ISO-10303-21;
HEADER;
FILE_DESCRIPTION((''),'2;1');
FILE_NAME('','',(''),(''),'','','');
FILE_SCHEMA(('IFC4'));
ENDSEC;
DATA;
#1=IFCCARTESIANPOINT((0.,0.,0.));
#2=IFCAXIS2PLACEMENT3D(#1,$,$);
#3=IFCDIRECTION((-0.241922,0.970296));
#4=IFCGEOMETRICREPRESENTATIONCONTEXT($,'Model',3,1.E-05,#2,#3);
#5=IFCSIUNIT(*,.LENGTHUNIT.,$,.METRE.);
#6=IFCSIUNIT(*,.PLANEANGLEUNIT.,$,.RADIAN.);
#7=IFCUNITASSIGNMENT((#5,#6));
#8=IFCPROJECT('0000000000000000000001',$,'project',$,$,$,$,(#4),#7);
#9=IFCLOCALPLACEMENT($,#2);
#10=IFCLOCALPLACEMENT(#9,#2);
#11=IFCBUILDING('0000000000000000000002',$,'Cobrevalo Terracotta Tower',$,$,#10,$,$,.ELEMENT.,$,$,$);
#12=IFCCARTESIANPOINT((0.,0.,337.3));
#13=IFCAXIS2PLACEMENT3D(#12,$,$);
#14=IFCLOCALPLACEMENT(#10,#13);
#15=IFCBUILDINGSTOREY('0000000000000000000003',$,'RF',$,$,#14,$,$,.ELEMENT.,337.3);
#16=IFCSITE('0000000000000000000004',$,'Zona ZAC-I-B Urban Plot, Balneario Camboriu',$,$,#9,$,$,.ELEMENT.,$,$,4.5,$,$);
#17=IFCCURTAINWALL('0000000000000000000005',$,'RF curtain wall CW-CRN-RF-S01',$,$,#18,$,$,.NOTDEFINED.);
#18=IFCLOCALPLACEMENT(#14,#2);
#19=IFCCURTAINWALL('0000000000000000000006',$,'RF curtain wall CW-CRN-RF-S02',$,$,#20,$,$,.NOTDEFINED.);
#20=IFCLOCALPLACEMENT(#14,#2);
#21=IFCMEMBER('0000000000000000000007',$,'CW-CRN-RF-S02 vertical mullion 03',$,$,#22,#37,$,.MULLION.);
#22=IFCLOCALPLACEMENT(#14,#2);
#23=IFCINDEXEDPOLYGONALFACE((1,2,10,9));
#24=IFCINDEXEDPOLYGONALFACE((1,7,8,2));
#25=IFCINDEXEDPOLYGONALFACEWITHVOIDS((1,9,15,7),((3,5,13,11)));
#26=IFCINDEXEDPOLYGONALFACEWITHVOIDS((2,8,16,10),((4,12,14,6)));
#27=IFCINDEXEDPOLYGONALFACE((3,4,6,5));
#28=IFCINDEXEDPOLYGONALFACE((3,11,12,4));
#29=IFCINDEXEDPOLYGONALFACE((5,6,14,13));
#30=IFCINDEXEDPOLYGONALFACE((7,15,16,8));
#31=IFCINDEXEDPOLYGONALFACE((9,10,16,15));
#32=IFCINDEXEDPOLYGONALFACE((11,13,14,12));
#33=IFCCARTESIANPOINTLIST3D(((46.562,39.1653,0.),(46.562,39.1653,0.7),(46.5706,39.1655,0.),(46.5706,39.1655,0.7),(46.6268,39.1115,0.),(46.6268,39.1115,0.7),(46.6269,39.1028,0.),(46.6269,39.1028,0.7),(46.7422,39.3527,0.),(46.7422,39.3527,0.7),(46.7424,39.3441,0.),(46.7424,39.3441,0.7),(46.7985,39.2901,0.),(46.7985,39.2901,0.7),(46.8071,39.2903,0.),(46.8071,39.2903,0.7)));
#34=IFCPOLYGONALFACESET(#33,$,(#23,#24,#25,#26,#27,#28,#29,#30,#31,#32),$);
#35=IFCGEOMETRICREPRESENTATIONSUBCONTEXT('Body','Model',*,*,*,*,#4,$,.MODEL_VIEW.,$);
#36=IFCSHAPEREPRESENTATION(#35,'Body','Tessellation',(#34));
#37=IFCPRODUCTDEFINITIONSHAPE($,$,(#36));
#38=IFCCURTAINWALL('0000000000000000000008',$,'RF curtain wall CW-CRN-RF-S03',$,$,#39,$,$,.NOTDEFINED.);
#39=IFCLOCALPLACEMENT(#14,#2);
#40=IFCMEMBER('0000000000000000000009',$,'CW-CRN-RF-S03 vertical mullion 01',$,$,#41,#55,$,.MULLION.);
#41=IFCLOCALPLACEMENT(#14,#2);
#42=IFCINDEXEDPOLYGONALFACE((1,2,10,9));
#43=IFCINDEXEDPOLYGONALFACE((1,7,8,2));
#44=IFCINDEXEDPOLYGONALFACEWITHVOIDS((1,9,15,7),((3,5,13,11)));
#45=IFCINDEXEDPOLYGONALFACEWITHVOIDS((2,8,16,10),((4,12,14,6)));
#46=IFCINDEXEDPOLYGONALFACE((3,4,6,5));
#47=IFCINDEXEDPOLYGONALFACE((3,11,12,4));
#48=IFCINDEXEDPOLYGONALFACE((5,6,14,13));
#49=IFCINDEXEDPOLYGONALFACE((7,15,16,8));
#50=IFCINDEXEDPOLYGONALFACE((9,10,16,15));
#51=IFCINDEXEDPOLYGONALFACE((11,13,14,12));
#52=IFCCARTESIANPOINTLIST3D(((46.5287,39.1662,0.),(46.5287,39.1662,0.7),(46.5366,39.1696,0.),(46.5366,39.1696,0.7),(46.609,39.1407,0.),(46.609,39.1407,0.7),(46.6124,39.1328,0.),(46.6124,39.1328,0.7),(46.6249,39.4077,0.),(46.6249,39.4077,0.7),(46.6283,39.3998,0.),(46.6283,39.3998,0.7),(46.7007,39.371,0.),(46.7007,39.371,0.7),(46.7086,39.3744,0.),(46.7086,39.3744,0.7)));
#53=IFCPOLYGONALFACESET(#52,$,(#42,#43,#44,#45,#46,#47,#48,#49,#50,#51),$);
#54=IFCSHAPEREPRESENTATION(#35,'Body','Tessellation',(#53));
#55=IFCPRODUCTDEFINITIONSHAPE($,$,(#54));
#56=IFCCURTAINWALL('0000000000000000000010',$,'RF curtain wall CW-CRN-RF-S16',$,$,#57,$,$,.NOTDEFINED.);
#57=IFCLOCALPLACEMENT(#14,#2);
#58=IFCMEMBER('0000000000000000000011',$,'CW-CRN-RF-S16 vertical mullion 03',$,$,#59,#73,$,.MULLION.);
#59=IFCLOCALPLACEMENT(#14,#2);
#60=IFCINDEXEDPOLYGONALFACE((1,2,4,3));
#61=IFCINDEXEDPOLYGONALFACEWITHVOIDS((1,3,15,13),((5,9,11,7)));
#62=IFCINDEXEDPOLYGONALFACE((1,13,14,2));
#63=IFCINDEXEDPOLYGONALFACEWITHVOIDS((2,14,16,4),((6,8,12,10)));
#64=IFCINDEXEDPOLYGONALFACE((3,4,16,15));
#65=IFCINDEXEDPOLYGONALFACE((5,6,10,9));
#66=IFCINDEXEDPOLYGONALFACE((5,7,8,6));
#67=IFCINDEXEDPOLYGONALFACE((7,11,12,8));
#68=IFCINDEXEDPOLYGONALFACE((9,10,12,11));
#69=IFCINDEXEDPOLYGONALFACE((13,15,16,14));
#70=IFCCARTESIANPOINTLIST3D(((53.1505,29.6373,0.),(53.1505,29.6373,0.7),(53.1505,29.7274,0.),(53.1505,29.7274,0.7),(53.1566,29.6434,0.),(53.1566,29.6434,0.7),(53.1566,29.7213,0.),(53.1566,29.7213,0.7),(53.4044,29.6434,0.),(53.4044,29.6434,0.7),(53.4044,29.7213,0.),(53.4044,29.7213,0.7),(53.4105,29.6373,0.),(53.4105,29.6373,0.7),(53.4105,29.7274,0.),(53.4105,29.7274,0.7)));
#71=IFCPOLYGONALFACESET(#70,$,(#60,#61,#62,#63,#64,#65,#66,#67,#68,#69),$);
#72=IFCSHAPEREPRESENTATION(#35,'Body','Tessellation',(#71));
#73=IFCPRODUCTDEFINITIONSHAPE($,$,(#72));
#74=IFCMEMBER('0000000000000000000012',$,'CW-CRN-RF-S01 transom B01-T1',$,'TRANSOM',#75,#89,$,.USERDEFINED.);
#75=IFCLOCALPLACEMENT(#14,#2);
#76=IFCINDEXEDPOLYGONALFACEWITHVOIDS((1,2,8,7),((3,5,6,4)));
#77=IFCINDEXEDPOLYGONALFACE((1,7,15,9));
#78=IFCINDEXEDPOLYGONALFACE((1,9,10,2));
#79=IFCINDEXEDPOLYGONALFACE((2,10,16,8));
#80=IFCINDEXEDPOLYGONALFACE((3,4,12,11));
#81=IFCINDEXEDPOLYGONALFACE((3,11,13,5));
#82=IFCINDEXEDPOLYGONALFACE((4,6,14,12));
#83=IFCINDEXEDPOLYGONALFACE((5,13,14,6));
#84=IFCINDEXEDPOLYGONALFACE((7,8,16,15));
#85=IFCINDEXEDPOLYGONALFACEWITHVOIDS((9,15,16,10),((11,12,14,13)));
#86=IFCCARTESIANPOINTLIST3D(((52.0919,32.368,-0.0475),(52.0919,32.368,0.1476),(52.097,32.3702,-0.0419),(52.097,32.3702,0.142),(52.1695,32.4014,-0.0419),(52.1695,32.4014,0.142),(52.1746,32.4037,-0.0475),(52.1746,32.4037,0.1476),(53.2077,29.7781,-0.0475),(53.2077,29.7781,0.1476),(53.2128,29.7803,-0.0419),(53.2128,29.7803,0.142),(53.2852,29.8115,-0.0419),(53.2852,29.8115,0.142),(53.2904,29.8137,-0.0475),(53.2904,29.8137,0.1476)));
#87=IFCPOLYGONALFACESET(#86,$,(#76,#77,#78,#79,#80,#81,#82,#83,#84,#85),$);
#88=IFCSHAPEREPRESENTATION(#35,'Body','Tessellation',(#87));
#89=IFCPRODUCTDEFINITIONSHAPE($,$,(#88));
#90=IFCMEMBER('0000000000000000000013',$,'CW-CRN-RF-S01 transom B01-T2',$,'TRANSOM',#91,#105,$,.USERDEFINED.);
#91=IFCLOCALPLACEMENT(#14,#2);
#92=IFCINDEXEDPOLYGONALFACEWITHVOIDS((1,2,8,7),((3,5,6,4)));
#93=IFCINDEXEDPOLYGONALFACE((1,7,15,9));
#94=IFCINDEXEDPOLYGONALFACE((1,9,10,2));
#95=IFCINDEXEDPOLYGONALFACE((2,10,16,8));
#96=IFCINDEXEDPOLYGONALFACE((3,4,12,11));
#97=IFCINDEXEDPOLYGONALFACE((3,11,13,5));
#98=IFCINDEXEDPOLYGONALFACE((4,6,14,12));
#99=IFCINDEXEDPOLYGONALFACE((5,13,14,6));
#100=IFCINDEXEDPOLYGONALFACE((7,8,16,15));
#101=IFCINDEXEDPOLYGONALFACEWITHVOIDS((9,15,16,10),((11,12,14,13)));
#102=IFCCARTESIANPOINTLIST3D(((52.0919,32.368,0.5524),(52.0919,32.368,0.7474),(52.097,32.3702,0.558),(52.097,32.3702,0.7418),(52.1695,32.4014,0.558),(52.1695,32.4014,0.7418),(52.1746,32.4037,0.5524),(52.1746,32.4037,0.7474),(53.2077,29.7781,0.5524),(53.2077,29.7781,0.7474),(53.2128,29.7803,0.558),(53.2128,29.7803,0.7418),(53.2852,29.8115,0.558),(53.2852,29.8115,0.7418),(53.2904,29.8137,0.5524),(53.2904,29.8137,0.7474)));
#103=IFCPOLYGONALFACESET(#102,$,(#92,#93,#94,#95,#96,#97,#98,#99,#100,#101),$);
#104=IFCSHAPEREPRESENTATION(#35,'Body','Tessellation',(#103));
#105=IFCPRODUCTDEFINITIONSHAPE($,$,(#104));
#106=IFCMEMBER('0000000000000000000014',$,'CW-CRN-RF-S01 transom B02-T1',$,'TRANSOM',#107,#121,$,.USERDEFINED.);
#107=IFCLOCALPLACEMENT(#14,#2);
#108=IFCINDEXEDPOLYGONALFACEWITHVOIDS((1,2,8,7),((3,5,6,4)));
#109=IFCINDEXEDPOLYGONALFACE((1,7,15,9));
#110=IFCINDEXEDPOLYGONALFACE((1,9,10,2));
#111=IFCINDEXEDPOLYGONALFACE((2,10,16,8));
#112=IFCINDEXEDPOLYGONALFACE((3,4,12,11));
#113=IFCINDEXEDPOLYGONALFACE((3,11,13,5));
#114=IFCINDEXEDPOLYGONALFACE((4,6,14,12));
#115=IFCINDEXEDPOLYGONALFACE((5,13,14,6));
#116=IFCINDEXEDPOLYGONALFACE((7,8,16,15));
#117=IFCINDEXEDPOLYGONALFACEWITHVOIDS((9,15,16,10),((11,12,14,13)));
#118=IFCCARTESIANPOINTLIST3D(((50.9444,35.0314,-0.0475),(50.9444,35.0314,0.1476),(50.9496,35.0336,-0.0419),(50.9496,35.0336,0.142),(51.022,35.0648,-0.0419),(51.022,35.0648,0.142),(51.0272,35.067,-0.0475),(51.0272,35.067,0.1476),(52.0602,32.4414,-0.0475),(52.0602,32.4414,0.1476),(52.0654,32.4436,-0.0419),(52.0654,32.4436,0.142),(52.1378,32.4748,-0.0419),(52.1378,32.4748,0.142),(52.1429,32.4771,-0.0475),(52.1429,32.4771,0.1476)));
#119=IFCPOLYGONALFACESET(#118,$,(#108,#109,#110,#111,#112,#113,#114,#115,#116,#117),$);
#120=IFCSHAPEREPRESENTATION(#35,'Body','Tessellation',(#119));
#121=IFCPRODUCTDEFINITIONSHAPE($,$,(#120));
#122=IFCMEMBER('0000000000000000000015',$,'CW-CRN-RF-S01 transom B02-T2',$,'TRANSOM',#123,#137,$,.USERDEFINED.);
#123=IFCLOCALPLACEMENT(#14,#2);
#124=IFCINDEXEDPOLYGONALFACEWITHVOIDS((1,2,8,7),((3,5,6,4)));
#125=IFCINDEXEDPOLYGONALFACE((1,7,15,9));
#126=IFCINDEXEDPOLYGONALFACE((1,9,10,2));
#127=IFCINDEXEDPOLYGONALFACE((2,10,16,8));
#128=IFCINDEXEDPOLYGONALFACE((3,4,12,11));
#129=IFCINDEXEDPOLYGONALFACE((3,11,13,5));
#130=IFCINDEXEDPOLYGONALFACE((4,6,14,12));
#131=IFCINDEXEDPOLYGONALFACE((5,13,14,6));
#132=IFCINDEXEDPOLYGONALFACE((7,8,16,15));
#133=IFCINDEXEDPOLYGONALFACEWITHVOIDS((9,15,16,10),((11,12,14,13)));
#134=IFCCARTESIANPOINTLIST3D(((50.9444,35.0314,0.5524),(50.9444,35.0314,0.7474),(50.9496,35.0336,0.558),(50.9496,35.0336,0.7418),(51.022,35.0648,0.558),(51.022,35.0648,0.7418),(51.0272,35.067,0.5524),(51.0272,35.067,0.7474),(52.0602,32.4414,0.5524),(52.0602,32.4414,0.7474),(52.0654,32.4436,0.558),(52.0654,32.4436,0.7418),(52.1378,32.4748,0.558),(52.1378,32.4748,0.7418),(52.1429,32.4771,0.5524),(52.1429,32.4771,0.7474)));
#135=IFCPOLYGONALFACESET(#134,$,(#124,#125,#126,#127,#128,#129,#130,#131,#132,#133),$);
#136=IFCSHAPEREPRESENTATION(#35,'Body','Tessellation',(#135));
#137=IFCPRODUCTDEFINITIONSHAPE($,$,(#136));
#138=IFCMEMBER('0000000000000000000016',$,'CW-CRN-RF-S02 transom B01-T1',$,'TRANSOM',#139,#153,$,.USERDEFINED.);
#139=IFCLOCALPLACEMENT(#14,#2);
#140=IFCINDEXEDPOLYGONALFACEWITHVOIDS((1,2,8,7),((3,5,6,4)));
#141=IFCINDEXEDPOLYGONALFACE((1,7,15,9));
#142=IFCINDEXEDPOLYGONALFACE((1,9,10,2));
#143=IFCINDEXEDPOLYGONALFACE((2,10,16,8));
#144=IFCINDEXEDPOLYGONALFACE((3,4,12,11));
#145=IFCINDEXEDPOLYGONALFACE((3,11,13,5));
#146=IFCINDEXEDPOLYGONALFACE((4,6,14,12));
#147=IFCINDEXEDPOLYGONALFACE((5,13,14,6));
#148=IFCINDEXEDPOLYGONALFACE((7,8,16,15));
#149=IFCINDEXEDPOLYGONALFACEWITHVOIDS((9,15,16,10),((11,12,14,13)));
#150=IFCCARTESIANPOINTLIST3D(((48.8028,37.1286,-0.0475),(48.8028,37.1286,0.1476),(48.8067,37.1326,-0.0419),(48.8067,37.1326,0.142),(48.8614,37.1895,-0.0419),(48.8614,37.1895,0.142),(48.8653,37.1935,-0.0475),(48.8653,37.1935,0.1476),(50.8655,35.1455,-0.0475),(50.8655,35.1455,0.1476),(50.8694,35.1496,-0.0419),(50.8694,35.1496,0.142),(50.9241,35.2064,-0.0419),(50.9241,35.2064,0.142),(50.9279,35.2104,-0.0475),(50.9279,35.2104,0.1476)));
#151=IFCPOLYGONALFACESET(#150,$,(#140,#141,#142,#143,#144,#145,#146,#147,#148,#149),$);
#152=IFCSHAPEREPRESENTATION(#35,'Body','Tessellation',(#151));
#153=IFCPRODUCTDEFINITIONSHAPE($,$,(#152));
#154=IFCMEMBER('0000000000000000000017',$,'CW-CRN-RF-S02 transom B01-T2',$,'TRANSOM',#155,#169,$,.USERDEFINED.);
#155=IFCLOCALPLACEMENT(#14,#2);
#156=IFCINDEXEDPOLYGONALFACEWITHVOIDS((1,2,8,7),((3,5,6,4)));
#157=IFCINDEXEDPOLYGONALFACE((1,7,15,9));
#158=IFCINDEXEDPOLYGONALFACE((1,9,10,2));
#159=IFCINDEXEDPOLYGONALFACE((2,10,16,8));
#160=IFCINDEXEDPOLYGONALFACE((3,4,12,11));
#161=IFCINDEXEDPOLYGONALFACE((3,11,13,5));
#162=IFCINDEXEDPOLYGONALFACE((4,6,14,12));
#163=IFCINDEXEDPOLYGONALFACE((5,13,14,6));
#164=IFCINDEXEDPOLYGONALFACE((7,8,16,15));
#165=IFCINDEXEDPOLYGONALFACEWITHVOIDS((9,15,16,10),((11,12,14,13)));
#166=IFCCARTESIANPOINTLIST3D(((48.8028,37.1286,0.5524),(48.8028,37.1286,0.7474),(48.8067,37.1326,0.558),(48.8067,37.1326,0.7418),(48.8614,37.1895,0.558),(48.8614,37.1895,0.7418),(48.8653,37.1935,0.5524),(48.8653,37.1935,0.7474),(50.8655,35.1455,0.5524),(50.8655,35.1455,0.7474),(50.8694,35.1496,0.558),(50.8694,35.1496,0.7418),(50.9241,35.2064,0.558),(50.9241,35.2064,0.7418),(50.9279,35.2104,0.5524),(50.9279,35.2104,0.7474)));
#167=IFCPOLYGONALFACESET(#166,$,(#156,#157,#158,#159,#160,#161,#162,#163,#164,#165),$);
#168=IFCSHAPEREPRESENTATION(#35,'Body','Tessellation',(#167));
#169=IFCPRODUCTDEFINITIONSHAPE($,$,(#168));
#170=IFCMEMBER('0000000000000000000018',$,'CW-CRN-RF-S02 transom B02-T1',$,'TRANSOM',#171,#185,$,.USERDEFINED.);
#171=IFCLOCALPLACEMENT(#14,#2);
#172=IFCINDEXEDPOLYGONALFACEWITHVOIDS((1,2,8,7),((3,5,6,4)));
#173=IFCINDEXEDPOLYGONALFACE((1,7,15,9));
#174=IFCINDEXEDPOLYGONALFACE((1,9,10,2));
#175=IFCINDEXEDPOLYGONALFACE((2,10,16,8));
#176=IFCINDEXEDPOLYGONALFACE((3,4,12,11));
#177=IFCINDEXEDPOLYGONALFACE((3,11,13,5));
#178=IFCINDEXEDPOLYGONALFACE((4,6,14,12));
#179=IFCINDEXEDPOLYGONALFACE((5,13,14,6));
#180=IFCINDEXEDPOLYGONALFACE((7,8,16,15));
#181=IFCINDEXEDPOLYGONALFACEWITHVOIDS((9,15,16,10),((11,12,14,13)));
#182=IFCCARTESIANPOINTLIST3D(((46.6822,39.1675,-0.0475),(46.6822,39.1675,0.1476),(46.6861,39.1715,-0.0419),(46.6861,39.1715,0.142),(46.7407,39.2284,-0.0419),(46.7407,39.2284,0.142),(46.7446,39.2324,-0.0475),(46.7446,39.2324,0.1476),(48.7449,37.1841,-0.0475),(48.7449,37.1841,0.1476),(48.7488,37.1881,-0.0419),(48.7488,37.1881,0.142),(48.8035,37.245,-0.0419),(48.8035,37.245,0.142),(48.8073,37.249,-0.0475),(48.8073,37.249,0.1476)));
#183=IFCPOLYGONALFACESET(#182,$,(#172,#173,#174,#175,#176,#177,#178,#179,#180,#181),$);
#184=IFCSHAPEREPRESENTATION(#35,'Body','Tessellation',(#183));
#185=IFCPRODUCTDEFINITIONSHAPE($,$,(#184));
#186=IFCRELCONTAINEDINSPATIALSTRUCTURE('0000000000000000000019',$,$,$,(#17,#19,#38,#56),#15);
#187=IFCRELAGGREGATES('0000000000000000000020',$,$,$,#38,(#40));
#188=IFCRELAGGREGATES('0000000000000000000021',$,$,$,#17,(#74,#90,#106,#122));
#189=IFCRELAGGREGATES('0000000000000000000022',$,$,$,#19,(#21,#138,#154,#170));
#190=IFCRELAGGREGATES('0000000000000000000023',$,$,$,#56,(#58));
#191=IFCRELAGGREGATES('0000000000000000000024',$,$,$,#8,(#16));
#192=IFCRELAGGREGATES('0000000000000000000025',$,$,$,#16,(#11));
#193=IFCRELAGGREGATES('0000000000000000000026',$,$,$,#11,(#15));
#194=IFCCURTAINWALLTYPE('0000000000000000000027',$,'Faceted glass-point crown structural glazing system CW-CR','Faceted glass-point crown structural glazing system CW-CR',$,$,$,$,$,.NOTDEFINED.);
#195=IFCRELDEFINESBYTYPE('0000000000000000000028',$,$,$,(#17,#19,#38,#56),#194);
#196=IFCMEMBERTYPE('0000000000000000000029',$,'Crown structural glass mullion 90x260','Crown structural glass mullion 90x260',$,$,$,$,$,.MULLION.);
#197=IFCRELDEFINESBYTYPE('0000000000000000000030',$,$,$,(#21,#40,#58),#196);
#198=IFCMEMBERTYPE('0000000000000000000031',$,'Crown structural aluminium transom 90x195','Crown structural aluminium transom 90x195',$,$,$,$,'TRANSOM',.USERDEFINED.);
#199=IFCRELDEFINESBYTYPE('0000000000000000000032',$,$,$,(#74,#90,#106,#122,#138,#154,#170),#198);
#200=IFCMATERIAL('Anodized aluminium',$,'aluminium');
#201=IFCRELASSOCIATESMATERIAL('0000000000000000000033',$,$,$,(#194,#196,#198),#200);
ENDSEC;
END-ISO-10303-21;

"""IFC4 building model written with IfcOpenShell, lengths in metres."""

from ifc_helpers import new_model, si_unit, direction, frame, origin, origin_2d, place, context, subcontext, project, spatial, hollow_rectangle, extrude, source, transform, mapped, material, material_profile, profile_set, type_object, element, aggregate, save


model = new_model("IFC4")

# Units and contexts
model_context = context("Model", 3, precision=1e-05, world=origin(), true_north=direction((-0.241922, 0.970296)))
body_context = subcontext(model_context, "Body", "Model", "MODEL_VIEW")
ifc_project = project(units=[si_unit("LENGTHUNIT", "METRE"), si_unit("PLANEANGLEUNIT", "RADIAN")], contexts=[model_context])

# Site, building, storey
site_placement = place(None, origin())
site = spatial("IfcSite", under=ifc_project, at=site_placement, Name="Zona ZAC-I-B Urban Plot, Balneario Camboriu", CompositionType="ELEMENT", RefElevation=4.5)
building_placement = place(site_placement, origin())
building = spatial("IfcBuilding", under=site, at=building_placement, Name="Cobrevalo Terracotta Tower", CompositionType="ELEMENT")
storey_placement = place(building_placement, frame((0.0, 0.0, 337.3)))
storey = spatial("IfcBuildingStorey", under=building, at=storey_placement, Name="RF", CompositionType="ELEMENT", Elevation=337.3)

# Curtain walls, member
ifc_material_1 = material(Name="Anodized aluminium", Category="aluminium")
curtain_wall_type = type_object("IfcCurtainWallType", Name="Faceted glass-point crown structural glazing system CW-CR", Description="Faceted glass-point crown structural glazing system CW-CR", PredefinedType="NOTDEFINED", material=ifc_material_1)
curtain_wall_1_placement = place(storey_placement, origin())
curtain_wall_1 = element("IfcCurtainWall", 1, at=curtain_wall_1_placement, inside=storey, type_object=curtain_wall_type, Name="RF curtain wall CW-CRN-RF-S01", PredefinedType="NOTDEFINED")
ifc_material_profile_1 = material_profile(ifc_material_1, hollow_rectangle(XDim=0.0901, YDim=0.26, WallThickness=0.0061, at=origin_2d()), Name="CWM 90x260")
ifc_profile_set_1 = profile_set([ifc_material_profile_1], Name="Anodized aluminium")
member_type_1 = type_object("IfcMemberType", Name="Crown structural glass mullion 90x260", Description="Crown structural glass mullion 90x260", PredefinedType="MULLION", material=ifc_profile_set_1)
shared_shape_1 = source(origin(), body_context, "Body", "SweptSolid", [
    extrude(hollow_rectangle(XDim=0.0901, YDim=0.26, WallThickness=0.0061, at=origin_2d()), origin(), (0.0, 0.0, 1.0), 0.7),
])
curtain_wall_2_placement = place(storey_placement, origin())
curtain_wall_2 = element("IfcCurtainWall", 2, at=curtain_wall_2_placement, inside=storey, type_object=curtain_wall_type, Name="RF curtain wall CW-CRN-RF-S02", PredefinedType="NOTDEFINED")
member_1_placement = place(storey_placement, frame((46.6846, 39.2278, 0.0), z_axis=(0.0, 0.0, 1.0), x_axis=(-0.720854, 0.693087, 0.0)))
member_1 = element("IfcMember", 3, at=member_1_placement, type_object=member_type_1, Name="CW-CRN-RF-S02 vertical mullion 03", PredefinedType="MULLION", context=body_context, shape_type="MappedRepresentation", body=[
    mapped(shared_shape_1, transform((0.0, 0.0, 0.0), scale=1.0)),
])

# Curtain walls, members
curtain_wall_3_placement = place(storey_placement, origin())
curtain_wall_3 = element("IfcCurtainWall", 4, at=curtain_wall_3_placement, inside=storey, type_object=curtain_wall_type, Name="RF curtain wall CW-CRN-RF-S03", PredefinedType="NOTDEFINED")
member_2_placement = place(storey_placement, frame((46.6187, 39.2703, 0.0), z_axis=(0.0, 0.0, 1.0), x_axis=(-0.929029, 0.370006, 0.0)))
member_2 = element("IfcMember", 5, at=member_2_placement, type_object=member_type_1, Name="CW-CRN-RF-S03 vertical mullion 01", PredefinedType="MULLION", context=body_context, shape_type="MappedRepresentation", body=[
    mapped(shared_shape_1, transform((0.0, 0.0, 0.0), scale=1.0)),
])
curtain_wall_4_placement = place(storey_placement, origin())
curtain_wall_4 = element("IfcCurtainWall", 6, at=curtain_wall_4_placement, inside=storey, type_object=curtain_wall_type, Name="RF curtain wall CW-CRN-RF-S16", PredefinedType="NOTDEFINED")
member_3_placement = place(storey_placement, frame((53.2805, 29.6824, 0.0), z_axis=(0.0, 0.0, 1.0), x_axis=(0.0, 1.0, 0.0)))
member_3 = element("IfcMember", 7, at=member_3_placement, type_object=member_type_1, Name="CW-CRN-RF-S16 vertical mullion 03", PredefinedType="MULLION", context=body_context, shape_type="MappedRepresentation", body=[
    mapped(shared_shape_1, transform((0.0, 0.0, 0.0), scale=1.0)),
])

# Members
ifc_material_profile_2 = material_profile(ifc_material_1, hollow_rectangle(XDim=0.0901, YDim=0.1951, WallThickness=0.0056, at=origin_2d()), Name="CWT 90x195")
ifc_profile_set_2 = profile_set([ifc_material_profile_2], Name="Anodized aluminium")
member_type_2 = type_object("IfcMemberType", Name="Crown structural aluminium transom 90x195", Description="Crown structural aluminium transom 90x195", ElementType="TRANSOM", PredefinedType="USERDEFINED", material=ifc_profile_set_2)
shared_shape_2 = source(origin(), body_context, "Body", "SweptSolid", [
    extrude(hollow_rectangle(XDim=0.0901, YDim=0.1951, WallThickness=0.0056, at=origin_2d()), origin(), (0.0, 0.0, 1.0), 2.8201),
])
member_4_placement = place(storey_placement, frame((53.249, 29.7959, 0.05), z_axis=(-0.395653, 0.9184, 0.0), x_axis=(-0.9184, -0.395653, 0.0)))
member_4 = element("IfcMember", 8, at=member_4_placement, type_object=member_type_2, Name="CW-CRN-RF-S01 transom B01-T1", ObjectType="TRANSOM", PredefinedType="USERDEFINED", context=body_context, shape_type="MappedRepresentation", body=[
    mapped(shared_shape_2, transform((0.0, 0.0, 0.0), scale=1.0)),
])
member_5_placement = place(storey_placement, frame((53.249, 29.7959, 0.6499), z_axis=(-0.395653, 0.9184, 0.0), x_axis=(-0.9184, -0.395653, 0.0)))
member_5 = element("IfcMember", 9, at=member_5_placement, type_object=member_type_2, Name="CW-CRN-RF-S01 transom B01-T2", ObjectType="TRANSOM", PredefinedType="USERDEFINED", context=body_context, shape_type="MappedRepresentation", body=[
    mapped(shared_shape_2, transform((0.0, 0.0, 0.0), scale=1.0)),
])
member_6_placement = place(storey_placement, frame((52.1016, 32.4592, 0.05), z_axis=(-0.395653, 0.9184, 0.0), x_axis=(-0.9184, -0.395653, 0.0)))
member_6 = element("IfcMember", 10, at=member_6_placement, type_object=member_type_2, Name="CW-CRN-RF-S01 transom B02-T1", ObjectType="TRANSOM", PredefinedType="USERDEFINED", context=body_context, shape_type="MappedRepresentation", body=[
    mapped(shared_shape_2, transform((0.0, 0.0, 0.0), scale=1.0)),
])
member_7_placement = place(storey_placement, frame((52.1016, 32.4592, 0.6499), z_axis=(-0.395653, 0.9184, 0.0), x_axis=(-0.9184, -0.395653, 0.0)))
member_7 = element("IfcMember", 11, at=member_7_placement, type_object=member_type_2, Name="CW-CRN-RF-S01 transom B02-T2", ObjectType="TRANSOM", PredefinedType="USERDEFINED", context=body_context, shape_type="MappedRepresentation", body=[
    mapped(shared_shape_2, transform((0.0, 0.0, 0.0), scale=1.0)),
])
shared_shape_3 = source(origin(), body_context, "Body", "SweptSolid", [
    extrude(hollow_rectangle(XDim=0.0901, YDim=0.1951, WallThickness=0.0056, at=origin_2d()), origin(), (0.0, 0.0, 1.0), 2.8613),
])
member_8_placement = place(storey_placement, frame((50.8967, 35.178, 0.05), z_axis=(-0.720877, 0.693063, 0.0), x_axis=(-0.693063, -0.720877, 0.0)))
member_8 = element("IfcMember", 12, at=member_8_placement, type_object=member_type_2, Name="CW-CRN-RF-S02 transom B01-T1", ObjectType="TRANSOM", PredefinedType="USERDEFINED", context=body_context, shape_type="MappedRepresentation", body=[
    mapped(shared_shape_3, transform((0.0, 0.0, 0.0), scale=1.0)),
])
member_9_placement = place(storey_placement, frame((50.8967, 35.178, 0.6499), z_axis=(-0.720877, 0.693063, 0.0), x_axis=(-0.693063, -0.720877, 0.0)))
member_9 = element("IfcMember", 13, at=member_9_placement, type_object=member_type_2, Name="CW-CRN-RF-S02 transom B01-T2", ObjectType="TRANSOM", PredefinedType="USERDEFINED", context=body_context, shape_type="MappedRepresentation", body=[
    mapped(shared_shape_3, transform((0.0, 0.0, 0.0), scale=1.0)),
])
shared_shape_4 = source(origin(), body_context, "Body", "SweptSolid", [
    extrude(hollow_rectangle(XDim=0.0901, YDim=0.1951, WallThickness=0.0056, at=origin_2d()), origin(), (0.0, 0.0, 1.0), 2.8616),
])
member_10_placement = place(storey_placement, frame((48.7761, 37.2166, 0.05), z_axis=(-0.720835, 0.693107, 0.0), x_axis=(-0.693107, -0.720835, 0.0)))
member_10 = element("IfcMember", 14, at=member_10_placement, type_object=member_type_2, Name="CW-CRN-RF-S02 transom B02-T1", ObjectType="TRANSOM", PredefinedType="USERDEFINED", context=body_context, shape_type="MappedRepresentation", body=[
    mapped(shared_shape_4, transform((0.0, 0.0, 0.0), scale=1.0)),
])
aggregate(curtain_wall_3, [member_2])

aggregate(curtain_wall_1, [member_4, member_5, member_6, member_7])
aggregate(curtain_wall_2, [member_1, member_8, member_9, member_10])
aggregate(curtain_wall_4, [member_3])

save(model, "model.ifc")
